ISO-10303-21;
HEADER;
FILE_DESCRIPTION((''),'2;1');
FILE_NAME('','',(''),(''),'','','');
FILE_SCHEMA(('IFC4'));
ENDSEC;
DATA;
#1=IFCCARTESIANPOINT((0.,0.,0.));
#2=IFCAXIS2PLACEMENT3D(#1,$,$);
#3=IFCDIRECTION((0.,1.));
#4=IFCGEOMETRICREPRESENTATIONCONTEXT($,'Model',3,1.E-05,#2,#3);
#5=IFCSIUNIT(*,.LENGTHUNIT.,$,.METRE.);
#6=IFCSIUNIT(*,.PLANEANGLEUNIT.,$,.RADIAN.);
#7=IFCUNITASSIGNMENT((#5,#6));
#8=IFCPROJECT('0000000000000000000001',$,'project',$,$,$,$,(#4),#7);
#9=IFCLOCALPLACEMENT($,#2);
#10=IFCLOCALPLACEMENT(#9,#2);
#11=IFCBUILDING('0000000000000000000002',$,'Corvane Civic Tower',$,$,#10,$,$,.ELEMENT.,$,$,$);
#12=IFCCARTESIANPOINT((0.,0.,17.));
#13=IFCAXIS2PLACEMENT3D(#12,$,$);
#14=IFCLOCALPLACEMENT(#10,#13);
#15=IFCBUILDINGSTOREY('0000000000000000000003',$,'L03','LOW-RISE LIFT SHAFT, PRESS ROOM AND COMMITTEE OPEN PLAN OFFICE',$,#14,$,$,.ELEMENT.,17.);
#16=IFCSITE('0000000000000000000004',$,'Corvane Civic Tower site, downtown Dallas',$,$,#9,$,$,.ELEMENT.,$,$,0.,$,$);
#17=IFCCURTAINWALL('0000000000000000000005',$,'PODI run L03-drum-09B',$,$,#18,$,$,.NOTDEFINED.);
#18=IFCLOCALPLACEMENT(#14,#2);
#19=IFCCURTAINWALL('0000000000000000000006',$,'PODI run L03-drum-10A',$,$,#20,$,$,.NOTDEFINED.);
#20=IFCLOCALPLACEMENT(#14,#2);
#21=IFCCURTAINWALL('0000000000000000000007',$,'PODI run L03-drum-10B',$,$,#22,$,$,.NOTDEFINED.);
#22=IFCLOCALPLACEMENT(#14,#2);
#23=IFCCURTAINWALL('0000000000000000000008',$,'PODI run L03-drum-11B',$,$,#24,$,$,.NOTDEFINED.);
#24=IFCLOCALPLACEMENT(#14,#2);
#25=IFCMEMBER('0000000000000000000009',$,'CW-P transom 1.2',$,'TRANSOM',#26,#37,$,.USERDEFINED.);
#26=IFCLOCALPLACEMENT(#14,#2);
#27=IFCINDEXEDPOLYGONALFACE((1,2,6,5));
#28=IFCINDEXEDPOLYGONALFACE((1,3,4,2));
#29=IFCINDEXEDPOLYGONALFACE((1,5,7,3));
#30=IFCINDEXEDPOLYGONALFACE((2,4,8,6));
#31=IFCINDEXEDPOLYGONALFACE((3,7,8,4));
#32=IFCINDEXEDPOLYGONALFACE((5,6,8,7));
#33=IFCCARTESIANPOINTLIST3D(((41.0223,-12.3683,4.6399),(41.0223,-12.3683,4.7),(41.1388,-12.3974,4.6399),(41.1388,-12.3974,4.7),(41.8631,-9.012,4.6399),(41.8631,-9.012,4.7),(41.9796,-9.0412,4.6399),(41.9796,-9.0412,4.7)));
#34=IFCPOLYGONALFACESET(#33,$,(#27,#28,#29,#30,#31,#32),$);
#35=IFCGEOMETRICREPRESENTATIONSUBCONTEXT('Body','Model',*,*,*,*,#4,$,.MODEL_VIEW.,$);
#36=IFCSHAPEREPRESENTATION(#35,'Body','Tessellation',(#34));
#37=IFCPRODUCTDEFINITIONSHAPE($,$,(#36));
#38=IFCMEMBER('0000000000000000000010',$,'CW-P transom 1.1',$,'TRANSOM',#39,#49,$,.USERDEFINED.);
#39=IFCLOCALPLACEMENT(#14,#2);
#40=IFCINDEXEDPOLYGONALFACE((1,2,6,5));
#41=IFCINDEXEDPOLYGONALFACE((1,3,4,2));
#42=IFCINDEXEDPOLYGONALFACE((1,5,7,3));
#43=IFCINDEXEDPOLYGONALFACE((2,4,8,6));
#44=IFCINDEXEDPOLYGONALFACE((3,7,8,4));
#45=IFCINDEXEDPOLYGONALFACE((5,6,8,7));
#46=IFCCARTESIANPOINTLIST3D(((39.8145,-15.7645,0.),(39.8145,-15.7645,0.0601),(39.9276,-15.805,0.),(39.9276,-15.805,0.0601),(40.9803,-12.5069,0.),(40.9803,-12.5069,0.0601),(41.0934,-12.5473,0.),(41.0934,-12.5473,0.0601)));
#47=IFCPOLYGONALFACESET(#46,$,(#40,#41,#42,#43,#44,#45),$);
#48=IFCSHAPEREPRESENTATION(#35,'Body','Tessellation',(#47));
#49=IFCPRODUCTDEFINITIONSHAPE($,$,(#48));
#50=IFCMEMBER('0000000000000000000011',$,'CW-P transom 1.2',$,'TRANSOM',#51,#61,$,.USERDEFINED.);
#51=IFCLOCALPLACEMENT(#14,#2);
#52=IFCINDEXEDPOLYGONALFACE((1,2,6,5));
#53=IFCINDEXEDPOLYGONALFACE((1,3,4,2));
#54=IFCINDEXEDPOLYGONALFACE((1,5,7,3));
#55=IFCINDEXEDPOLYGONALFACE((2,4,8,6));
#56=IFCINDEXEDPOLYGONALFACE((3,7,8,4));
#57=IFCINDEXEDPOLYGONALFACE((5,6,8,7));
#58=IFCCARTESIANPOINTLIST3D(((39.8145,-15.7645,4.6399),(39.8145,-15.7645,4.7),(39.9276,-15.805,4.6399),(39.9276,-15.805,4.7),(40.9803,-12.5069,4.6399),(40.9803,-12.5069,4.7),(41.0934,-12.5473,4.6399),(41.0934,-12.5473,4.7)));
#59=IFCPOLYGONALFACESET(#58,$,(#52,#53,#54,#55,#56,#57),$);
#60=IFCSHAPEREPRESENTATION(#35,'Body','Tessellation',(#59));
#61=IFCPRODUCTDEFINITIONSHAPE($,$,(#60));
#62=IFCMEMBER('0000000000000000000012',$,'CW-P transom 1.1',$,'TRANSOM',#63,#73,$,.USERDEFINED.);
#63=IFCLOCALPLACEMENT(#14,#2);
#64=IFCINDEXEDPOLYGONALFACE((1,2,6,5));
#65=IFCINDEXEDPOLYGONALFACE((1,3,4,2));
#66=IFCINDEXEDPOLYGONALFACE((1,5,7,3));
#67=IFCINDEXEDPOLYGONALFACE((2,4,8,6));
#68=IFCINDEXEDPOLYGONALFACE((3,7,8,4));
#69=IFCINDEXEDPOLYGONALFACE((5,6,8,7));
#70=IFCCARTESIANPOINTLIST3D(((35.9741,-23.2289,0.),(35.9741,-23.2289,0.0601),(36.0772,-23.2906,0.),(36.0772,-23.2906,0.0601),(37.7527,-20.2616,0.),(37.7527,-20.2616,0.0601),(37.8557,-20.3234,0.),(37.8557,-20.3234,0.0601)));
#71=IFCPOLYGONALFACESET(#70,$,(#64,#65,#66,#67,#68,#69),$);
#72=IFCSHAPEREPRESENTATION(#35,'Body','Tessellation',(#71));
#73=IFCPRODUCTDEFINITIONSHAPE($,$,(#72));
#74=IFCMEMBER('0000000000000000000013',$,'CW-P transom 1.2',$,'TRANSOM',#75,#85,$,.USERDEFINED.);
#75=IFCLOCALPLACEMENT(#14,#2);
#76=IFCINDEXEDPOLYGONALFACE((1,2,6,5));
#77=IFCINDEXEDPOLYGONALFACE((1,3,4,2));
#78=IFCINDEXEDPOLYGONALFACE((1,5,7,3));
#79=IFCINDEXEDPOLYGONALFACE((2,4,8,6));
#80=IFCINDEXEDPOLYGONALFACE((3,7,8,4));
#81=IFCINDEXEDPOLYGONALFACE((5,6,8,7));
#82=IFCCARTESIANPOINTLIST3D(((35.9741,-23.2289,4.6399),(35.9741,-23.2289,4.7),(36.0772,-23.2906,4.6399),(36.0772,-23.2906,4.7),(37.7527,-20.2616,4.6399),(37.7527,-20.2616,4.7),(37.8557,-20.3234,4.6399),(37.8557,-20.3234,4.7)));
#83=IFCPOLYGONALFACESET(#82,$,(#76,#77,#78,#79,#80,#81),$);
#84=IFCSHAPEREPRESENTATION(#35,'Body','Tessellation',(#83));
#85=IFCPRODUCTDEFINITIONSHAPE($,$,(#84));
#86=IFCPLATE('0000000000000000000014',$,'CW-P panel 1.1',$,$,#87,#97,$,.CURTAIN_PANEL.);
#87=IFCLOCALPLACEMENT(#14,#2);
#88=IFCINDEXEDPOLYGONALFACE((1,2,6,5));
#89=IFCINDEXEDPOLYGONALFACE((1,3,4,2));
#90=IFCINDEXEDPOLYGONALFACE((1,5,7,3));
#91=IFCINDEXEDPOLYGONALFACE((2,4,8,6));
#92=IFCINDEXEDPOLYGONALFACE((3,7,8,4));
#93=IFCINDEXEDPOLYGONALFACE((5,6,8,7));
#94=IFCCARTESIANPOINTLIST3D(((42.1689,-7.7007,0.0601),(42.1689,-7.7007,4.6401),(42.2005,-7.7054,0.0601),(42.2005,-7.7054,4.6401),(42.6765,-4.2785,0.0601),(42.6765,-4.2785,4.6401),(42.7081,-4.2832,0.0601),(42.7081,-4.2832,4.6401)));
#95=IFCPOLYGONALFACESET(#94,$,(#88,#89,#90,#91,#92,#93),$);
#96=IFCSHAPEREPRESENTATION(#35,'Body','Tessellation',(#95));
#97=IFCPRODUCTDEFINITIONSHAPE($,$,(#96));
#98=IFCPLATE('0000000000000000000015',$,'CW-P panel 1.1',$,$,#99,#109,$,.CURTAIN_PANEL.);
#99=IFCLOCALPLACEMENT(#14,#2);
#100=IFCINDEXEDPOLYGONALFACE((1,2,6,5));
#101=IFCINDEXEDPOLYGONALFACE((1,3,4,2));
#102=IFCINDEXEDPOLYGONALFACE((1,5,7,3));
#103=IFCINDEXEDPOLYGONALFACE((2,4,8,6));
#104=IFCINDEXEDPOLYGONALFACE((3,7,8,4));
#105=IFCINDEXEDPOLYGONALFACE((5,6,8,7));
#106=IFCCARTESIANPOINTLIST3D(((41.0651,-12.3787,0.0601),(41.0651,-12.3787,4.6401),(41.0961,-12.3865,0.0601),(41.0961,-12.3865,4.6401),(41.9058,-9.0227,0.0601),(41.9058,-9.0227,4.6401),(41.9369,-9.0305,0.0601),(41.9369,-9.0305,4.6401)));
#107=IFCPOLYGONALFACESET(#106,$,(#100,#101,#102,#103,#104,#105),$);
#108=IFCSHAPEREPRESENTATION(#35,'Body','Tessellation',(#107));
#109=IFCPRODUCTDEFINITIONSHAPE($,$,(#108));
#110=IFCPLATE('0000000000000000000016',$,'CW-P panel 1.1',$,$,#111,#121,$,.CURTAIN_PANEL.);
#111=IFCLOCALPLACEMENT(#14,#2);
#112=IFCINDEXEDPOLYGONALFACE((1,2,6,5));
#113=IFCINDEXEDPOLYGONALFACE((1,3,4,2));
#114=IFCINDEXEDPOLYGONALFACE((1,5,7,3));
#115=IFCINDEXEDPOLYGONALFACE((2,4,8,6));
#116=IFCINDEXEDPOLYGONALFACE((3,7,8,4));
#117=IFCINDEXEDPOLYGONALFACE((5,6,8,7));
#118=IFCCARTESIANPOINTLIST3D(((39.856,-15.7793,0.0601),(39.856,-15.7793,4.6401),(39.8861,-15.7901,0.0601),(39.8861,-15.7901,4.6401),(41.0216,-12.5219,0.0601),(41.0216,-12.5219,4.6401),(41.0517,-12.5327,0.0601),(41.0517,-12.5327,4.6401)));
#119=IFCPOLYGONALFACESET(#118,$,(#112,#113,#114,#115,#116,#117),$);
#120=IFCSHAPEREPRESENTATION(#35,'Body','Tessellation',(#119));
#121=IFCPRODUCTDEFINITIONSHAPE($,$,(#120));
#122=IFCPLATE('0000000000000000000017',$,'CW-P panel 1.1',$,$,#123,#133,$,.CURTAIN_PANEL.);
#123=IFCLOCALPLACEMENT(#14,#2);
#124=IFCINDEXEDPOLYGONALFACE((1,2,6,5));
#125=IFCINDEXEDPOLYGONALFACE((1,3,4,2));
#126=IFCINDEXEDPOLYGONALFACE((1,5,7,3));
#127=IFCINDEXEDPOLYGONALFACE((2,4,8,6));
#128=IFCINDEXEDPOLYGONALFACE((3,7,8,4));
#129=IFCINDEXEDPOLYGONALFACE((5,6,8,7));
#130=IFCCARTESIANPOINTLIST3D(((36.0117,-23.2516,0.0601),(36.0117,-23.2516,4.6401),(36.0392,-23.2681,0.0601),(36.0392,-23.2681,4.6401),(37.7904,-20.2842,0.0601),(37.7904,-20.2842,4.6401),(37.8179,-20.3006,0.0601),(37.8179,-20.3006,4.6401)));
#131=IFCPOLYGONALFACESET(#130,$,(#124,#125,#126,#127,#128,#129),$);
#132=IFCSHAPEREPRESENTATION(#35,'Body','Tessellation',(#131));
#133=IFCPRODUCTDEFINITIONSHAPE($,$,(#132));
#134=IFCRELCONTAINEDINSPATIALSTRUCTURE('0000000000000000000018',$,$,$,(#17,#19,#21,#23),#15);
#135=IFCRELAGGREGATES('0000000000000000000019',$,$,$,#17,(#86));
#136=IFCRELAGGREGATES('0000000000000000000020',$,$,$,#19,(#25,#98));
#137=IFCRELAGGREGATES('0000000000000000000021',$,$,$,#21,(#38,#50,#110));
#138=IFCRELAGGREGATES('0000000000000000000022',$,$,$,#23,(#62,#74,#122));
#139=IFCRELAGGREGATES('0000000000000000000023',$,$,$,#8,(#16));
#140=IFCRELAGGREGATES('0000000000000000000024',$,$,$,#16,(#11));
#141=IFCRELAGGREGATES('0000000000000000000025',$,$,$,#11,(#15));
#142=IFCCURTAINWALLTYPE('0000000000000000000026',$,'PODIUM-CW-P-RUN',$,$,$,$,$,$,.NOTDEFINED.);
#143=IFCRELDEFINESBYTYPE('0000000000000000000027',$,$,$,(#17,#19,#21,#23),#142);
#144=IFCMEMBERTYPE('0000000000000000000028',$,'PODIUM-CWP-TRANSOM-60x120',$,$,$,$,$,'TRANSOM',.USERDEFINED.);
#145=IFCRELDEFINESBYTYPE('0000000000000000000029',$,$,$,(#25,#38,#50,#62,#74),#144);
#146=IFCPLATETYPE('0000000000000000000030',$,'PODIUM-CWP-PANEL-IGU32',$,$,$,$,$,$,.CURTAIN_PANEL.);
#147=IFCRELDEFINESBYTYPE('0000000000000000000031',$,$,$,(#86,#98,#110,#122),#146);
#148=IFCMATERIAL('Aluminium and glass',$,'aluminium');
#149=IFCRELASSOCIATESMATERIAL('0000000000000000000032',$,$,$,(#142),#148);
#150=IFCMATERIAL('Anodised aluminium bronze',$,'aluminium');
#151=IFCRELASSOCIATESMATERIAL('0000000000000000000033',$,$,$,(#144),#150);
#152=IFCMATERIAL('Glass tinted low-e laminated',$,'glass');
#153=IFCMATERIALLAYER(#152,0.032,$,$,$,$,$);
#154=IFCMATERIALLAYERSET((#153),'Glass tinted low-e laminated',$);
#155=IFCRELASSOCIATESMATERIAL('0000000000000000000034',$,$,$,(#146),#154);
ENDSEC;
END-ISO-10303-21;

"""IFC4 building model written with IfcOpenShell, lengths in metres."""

from ifc_helpers import new_model, si_unit, direction, frame, origin, origin_2d, place, context, subcontext, project, spatial, rectangle, extrude, material, layer, layer_set, material_profile, profile_set, type_object, element, aggregate, save


model = new_model("IFC4")

# Units and contexts
model_context = context("Model", 3, precision=1e-05, world=origin(), true_north=direction((0.0, 1.0)))
body_context = subcontext(model_context, "Body", "Model", "MODEL_VIEW")
ifc_project = project(units=[si_unit("LENGTHUNIT", "METRE"), si_unit("PLANEANGLEUNIT", "RADIAN")], contexts=[model_context])

# Site, building, storey
site_placement = place(None, origin())
site = spatial("IfcSite", under=ifc_project, at=site_placement, Name="Corvane Civic Tower site, downtown Dallas", CompositionType="ELEMENT", RefElevation=0.0)
building_placement = place(site_placement, origin())
building = spatial("IfcBuilding", under=site, at=building_placement, Name="Corvane Civic Tower", CompositionType="ELEMENT")
storey_placement = place(building_placement, frame((0.0, 0.0, 17.0)))
storey = spatial("IfcBuildingStorey", under=building, at=storey_placement, Name="L03", Description="LOW-RISE LIFT SHAFT, PRESS ROOM AND COMMITTEE OPEN PLAN OFFICE", CompositionType="ELEMENT", Elevation=17.0)

# Curtain walls
ifc_material_1 = material(Name="Aluminium and glass", Category="aluminium")
curtain_wall_type = type_object("IfcCurtainWallType", Name="PODIUM-CW-P-RUN", PredefinedType="NOTDEFINED", material=ifc_material_1)
curtain_wall_1_placement = place(storey_placement, origin())
curtain_wall_1 = element("IfcCurtainWall", 1, at=curtain_wall_1_placement, inside=storey, type_object=curtain_wall_type, Name="PODI run L03-drum-09B", PredefinedType="NOTDEFINED")
curtain_wall_2_placement = place(storey_placement, origin())
curtain_wall_2 = element("IfcCurtainWall", 2, at=curtain_wall_2_placement, inside=storey, type_object=curtain_wall_type, Name="PODI run L03-drum-10A", PredefinedType="NOTDEFINED")
curtain_wall_3_placement = place(storey_placement, origin())
curtain_wall_3 = element("IfcCurtainWall", 3, at=curtain_wall_3_placement, inside=storey, type_object=curtain_wall_type, Name="PODI run L03-drum-10B", PredefinedType="NOTDEFINED")
curtain_wall_4_placement = place(storey_placement, origin())
curtain_wall_4 = element("IfcCurtainWall", 4, at=curtain_wall_4_placement, inside=storey, type_object=curtain_wall_type, Name="PODI run L03-drum-11B", PredefinedType="NOTDEFINED")

# Members
ifc_material_2 = material(Name="Anodised aluminium bronze", Category="aluminium")
ifc_material_profile_1 = material_profile(ifc_material_2, rectangle(XDim=0.1201, YDim=0.0601, at=origin_2d()), Name="AL 120x60")
ifc_profile_set_1 = profile_set([ifc_material_profile_1], Name="Anodised aluminium bronze")
member_type_1 = type_object("IfcMemberType", Name="PODIUM-CWP-TRANSOM-60x120", ElementType="TRANSOM", PredefinedType="USERDEFINED", material=ifc_profile_set_1)
member_1_placement = place(storey_placement, frame((41.9214, -9.0266, 4.6699), z_axis=(-0.243017, -0.970022, 0.0), x_axis=(0.970022, -0.243017, 0.0)))
member_1 = element("IfcMember", 5, at=member_1_placement, type_object=member_type_1, Name="CW-P transom 1.2", ObjectType="TRANSOM", PredefinedType="USERDEFINED", context=body_context, shape_type="SweptSolid", body=[
    extrude(rectangle(XDim=0.1201, YDim=0.0601, at=origin_2d()), origin(), (0.0, 0.0, 1.0), 3.46),
])
member_2_placement = place(storey_placement, frame((41.0369, -12.5271, 0.03), z_axis=(-0.33694, -0.941526, 0.0), x_axis=(0.941526, -0.33694, 0.0)))
member_2 = element("IfcMember", 6, at=member_2_placement, type_object=member_type_1, Name="CW-P transom 1.1", ObjectType="TRANSOM", PredefinedType="USERDEFINED", context=body_context, shape_type="SweptSolid", body=[
    extrude(rectangle(XDim=0.1201, YDim=0.0601, at=origin_2d()), origin(), (0.0, 0.0, 1.0), 3.46),
])
member_3_placement = place(storey_placement, frame((41.0369, -12.5271, 4.6699), z_axis=(-0.33694, -0.941526, 0.0), x_axis=(0.941526, -0.33694, 0.0)))
member_3 = element("IfcMember", 7, at=member_3_placement, type_object=member_type_1, Name="CW-P transom 1.2", ObjectType="TRANSOM", PredefinedType="USERDEFINED", context=body_context, shape_type="SweptSolid", body=[
    extrude(rectangle(XDim=0.1201, YDim=0.0601, at=origin_2d()), origin(), (0.0, 0.0, 1.0), 3.46),
])
member_4_placement = place(storey_placement, frame((37.8042, -20.2925, 0.03), z_axis=(-0.514112, -0.857723, 0.0), x_axis=(0.857723, -0.514112, 0.0)))
member_4 = element("IfcMember", 8, at=member_4_placement, type_object=member_type_1, Name="CW-P transom 1.1", ObjectType="TRANSOM", PredefinedType="USERDEFINED", context=body_context, shape_type="SweptSolid", body=[
    extrude(rectangle(XDim=0.1201, YDim=0.0601, at=origin_2d()), origin(), (0.0, 0.0, 1.0), 3.4595),
])
member_5_placement = place(storey_placement, frame((37.8042, -20.2925, 4.6699), z_axis=(-0.514112, -0.857723, 0.0), x_axis=(0.857723, -0.514112, 0.0)))
member_5 = element("IfcMember", 9, at=member_5_placement, type_object=member_type_1, Name="CW-P transom 1.2", ObjectType="TRANSOM", PredefinedType="USERDEFINED", context=body_context, shape_type="SweptSolid", body=[
    extrude(rectangle(XDim=0.1201, YDim=0.0601, at=origin_2d()), origin(), (0.0, 0.0, 1.0), 3.4595),
])

# Plates
ifc_material_3 = material(Name="Glass tinted low-e laminated", Category="glass")
ifc_layer_1 = layer(ifc_material_3, 0.032)
ifc_layer_set_1 = layer_set([ifc_layer_1], Name="Glass tinted low-e laminated")
plate_type = type_object("IfcPlateType", Name="PODIUM-CWP-PANEL-IGU32", PredefinedType="CURTAIN_PANEL", material=ifc_layer_set_1)
plate_1_placement = place(storey_placement, frame((42.4385, -5.9919, 0.0601), z_axis=(0.0, 0.0, 1.0), x_axis=(-0.146715, -0.989179, 0.0)))
plate_1 = element("IfcPlate", 10, at=plate_1_placement, type_object=plate_type, Name="CW-P panel 1.1", PredefinedType="CURTAIN_PANEL", context=body_context, shape_type="SweptSolid", body=[
    extrude(rectangle(XDim=3.4597, YDim=0.032, at=origin_2d()), origin(), (0.0, 0.0, 1.0), 4.5801),
])
aggregate(curtain_wall_1, [plate_1])
plate_2_placement = place(storey_placement, frame((41.501, -10.7046, 0.0601), z_axis=(0.0, 0.0, 1.0), x_axis=(-0.243009, -0.970024, 0.0)))
plate_2 = element("IfcPlate", 11, at=plate_2_placement, type_object=plate_type, Name="CW-P panel 1.1", PredefinedType="CURTAIN_PANEL", context=body_context, shape_type="SweptSolid", body=[
    extrude(rectangle(XDim=3.4597, YDim=0.032, at=origin_2d()), origin(), (0.0, 0.0, 1.0), 4.5801),
])
aggregate(curtain_wall_2, [member_1, plate_2])
plate_3_placement = place(storey_placement, frame((40.4539, -14.156, 0.0601), z_axis=(0.0, 0.0, 1.0), x_axis=(-0.336919, -0.941534, 0.0)))
plate_3 = element("IfcPlate", 12, at=plate_3_placement, type_object=plate_type, Name="CW-P panel 1.1", PredefinedType="CURTAIN_PANEL", context=body_context, shape_type="SweptSolid", body=[
    extrude(rectangle(XDim=3.4597, YDim=0.032, at=origin_2d()), origin(), (0.0, 0.0, 1.0), 4.5801),
])
aggregate(curtain_wall_3, [member_2, member_3, plate_3])
plate_4_placement = place(storey_placement, frame((36.9148, -21.7761, 0.0601), z_axis=(0.0, 0.0, 1.0), x_axis=(-0.514118, -0.85772, 0.0)))
plate_4 = element("IfcPlate", 13, at=plate_4_placement, type_object=plate_type, Name="CW-P panel 1.1", PredefinedType="CURTAIN_PANEL", context=body_context, shape_type="SweptSolid", body=[
    extrude(rectangle(XDim=3.4597, YDim=0.032, at=origin_2d()), origin(), (0.0, 0.0, 1.0), 4.5801),
])
aggregate(curtain_wall_4, [member_4, member_5, plate_4])

save(model, "model.ifc")
